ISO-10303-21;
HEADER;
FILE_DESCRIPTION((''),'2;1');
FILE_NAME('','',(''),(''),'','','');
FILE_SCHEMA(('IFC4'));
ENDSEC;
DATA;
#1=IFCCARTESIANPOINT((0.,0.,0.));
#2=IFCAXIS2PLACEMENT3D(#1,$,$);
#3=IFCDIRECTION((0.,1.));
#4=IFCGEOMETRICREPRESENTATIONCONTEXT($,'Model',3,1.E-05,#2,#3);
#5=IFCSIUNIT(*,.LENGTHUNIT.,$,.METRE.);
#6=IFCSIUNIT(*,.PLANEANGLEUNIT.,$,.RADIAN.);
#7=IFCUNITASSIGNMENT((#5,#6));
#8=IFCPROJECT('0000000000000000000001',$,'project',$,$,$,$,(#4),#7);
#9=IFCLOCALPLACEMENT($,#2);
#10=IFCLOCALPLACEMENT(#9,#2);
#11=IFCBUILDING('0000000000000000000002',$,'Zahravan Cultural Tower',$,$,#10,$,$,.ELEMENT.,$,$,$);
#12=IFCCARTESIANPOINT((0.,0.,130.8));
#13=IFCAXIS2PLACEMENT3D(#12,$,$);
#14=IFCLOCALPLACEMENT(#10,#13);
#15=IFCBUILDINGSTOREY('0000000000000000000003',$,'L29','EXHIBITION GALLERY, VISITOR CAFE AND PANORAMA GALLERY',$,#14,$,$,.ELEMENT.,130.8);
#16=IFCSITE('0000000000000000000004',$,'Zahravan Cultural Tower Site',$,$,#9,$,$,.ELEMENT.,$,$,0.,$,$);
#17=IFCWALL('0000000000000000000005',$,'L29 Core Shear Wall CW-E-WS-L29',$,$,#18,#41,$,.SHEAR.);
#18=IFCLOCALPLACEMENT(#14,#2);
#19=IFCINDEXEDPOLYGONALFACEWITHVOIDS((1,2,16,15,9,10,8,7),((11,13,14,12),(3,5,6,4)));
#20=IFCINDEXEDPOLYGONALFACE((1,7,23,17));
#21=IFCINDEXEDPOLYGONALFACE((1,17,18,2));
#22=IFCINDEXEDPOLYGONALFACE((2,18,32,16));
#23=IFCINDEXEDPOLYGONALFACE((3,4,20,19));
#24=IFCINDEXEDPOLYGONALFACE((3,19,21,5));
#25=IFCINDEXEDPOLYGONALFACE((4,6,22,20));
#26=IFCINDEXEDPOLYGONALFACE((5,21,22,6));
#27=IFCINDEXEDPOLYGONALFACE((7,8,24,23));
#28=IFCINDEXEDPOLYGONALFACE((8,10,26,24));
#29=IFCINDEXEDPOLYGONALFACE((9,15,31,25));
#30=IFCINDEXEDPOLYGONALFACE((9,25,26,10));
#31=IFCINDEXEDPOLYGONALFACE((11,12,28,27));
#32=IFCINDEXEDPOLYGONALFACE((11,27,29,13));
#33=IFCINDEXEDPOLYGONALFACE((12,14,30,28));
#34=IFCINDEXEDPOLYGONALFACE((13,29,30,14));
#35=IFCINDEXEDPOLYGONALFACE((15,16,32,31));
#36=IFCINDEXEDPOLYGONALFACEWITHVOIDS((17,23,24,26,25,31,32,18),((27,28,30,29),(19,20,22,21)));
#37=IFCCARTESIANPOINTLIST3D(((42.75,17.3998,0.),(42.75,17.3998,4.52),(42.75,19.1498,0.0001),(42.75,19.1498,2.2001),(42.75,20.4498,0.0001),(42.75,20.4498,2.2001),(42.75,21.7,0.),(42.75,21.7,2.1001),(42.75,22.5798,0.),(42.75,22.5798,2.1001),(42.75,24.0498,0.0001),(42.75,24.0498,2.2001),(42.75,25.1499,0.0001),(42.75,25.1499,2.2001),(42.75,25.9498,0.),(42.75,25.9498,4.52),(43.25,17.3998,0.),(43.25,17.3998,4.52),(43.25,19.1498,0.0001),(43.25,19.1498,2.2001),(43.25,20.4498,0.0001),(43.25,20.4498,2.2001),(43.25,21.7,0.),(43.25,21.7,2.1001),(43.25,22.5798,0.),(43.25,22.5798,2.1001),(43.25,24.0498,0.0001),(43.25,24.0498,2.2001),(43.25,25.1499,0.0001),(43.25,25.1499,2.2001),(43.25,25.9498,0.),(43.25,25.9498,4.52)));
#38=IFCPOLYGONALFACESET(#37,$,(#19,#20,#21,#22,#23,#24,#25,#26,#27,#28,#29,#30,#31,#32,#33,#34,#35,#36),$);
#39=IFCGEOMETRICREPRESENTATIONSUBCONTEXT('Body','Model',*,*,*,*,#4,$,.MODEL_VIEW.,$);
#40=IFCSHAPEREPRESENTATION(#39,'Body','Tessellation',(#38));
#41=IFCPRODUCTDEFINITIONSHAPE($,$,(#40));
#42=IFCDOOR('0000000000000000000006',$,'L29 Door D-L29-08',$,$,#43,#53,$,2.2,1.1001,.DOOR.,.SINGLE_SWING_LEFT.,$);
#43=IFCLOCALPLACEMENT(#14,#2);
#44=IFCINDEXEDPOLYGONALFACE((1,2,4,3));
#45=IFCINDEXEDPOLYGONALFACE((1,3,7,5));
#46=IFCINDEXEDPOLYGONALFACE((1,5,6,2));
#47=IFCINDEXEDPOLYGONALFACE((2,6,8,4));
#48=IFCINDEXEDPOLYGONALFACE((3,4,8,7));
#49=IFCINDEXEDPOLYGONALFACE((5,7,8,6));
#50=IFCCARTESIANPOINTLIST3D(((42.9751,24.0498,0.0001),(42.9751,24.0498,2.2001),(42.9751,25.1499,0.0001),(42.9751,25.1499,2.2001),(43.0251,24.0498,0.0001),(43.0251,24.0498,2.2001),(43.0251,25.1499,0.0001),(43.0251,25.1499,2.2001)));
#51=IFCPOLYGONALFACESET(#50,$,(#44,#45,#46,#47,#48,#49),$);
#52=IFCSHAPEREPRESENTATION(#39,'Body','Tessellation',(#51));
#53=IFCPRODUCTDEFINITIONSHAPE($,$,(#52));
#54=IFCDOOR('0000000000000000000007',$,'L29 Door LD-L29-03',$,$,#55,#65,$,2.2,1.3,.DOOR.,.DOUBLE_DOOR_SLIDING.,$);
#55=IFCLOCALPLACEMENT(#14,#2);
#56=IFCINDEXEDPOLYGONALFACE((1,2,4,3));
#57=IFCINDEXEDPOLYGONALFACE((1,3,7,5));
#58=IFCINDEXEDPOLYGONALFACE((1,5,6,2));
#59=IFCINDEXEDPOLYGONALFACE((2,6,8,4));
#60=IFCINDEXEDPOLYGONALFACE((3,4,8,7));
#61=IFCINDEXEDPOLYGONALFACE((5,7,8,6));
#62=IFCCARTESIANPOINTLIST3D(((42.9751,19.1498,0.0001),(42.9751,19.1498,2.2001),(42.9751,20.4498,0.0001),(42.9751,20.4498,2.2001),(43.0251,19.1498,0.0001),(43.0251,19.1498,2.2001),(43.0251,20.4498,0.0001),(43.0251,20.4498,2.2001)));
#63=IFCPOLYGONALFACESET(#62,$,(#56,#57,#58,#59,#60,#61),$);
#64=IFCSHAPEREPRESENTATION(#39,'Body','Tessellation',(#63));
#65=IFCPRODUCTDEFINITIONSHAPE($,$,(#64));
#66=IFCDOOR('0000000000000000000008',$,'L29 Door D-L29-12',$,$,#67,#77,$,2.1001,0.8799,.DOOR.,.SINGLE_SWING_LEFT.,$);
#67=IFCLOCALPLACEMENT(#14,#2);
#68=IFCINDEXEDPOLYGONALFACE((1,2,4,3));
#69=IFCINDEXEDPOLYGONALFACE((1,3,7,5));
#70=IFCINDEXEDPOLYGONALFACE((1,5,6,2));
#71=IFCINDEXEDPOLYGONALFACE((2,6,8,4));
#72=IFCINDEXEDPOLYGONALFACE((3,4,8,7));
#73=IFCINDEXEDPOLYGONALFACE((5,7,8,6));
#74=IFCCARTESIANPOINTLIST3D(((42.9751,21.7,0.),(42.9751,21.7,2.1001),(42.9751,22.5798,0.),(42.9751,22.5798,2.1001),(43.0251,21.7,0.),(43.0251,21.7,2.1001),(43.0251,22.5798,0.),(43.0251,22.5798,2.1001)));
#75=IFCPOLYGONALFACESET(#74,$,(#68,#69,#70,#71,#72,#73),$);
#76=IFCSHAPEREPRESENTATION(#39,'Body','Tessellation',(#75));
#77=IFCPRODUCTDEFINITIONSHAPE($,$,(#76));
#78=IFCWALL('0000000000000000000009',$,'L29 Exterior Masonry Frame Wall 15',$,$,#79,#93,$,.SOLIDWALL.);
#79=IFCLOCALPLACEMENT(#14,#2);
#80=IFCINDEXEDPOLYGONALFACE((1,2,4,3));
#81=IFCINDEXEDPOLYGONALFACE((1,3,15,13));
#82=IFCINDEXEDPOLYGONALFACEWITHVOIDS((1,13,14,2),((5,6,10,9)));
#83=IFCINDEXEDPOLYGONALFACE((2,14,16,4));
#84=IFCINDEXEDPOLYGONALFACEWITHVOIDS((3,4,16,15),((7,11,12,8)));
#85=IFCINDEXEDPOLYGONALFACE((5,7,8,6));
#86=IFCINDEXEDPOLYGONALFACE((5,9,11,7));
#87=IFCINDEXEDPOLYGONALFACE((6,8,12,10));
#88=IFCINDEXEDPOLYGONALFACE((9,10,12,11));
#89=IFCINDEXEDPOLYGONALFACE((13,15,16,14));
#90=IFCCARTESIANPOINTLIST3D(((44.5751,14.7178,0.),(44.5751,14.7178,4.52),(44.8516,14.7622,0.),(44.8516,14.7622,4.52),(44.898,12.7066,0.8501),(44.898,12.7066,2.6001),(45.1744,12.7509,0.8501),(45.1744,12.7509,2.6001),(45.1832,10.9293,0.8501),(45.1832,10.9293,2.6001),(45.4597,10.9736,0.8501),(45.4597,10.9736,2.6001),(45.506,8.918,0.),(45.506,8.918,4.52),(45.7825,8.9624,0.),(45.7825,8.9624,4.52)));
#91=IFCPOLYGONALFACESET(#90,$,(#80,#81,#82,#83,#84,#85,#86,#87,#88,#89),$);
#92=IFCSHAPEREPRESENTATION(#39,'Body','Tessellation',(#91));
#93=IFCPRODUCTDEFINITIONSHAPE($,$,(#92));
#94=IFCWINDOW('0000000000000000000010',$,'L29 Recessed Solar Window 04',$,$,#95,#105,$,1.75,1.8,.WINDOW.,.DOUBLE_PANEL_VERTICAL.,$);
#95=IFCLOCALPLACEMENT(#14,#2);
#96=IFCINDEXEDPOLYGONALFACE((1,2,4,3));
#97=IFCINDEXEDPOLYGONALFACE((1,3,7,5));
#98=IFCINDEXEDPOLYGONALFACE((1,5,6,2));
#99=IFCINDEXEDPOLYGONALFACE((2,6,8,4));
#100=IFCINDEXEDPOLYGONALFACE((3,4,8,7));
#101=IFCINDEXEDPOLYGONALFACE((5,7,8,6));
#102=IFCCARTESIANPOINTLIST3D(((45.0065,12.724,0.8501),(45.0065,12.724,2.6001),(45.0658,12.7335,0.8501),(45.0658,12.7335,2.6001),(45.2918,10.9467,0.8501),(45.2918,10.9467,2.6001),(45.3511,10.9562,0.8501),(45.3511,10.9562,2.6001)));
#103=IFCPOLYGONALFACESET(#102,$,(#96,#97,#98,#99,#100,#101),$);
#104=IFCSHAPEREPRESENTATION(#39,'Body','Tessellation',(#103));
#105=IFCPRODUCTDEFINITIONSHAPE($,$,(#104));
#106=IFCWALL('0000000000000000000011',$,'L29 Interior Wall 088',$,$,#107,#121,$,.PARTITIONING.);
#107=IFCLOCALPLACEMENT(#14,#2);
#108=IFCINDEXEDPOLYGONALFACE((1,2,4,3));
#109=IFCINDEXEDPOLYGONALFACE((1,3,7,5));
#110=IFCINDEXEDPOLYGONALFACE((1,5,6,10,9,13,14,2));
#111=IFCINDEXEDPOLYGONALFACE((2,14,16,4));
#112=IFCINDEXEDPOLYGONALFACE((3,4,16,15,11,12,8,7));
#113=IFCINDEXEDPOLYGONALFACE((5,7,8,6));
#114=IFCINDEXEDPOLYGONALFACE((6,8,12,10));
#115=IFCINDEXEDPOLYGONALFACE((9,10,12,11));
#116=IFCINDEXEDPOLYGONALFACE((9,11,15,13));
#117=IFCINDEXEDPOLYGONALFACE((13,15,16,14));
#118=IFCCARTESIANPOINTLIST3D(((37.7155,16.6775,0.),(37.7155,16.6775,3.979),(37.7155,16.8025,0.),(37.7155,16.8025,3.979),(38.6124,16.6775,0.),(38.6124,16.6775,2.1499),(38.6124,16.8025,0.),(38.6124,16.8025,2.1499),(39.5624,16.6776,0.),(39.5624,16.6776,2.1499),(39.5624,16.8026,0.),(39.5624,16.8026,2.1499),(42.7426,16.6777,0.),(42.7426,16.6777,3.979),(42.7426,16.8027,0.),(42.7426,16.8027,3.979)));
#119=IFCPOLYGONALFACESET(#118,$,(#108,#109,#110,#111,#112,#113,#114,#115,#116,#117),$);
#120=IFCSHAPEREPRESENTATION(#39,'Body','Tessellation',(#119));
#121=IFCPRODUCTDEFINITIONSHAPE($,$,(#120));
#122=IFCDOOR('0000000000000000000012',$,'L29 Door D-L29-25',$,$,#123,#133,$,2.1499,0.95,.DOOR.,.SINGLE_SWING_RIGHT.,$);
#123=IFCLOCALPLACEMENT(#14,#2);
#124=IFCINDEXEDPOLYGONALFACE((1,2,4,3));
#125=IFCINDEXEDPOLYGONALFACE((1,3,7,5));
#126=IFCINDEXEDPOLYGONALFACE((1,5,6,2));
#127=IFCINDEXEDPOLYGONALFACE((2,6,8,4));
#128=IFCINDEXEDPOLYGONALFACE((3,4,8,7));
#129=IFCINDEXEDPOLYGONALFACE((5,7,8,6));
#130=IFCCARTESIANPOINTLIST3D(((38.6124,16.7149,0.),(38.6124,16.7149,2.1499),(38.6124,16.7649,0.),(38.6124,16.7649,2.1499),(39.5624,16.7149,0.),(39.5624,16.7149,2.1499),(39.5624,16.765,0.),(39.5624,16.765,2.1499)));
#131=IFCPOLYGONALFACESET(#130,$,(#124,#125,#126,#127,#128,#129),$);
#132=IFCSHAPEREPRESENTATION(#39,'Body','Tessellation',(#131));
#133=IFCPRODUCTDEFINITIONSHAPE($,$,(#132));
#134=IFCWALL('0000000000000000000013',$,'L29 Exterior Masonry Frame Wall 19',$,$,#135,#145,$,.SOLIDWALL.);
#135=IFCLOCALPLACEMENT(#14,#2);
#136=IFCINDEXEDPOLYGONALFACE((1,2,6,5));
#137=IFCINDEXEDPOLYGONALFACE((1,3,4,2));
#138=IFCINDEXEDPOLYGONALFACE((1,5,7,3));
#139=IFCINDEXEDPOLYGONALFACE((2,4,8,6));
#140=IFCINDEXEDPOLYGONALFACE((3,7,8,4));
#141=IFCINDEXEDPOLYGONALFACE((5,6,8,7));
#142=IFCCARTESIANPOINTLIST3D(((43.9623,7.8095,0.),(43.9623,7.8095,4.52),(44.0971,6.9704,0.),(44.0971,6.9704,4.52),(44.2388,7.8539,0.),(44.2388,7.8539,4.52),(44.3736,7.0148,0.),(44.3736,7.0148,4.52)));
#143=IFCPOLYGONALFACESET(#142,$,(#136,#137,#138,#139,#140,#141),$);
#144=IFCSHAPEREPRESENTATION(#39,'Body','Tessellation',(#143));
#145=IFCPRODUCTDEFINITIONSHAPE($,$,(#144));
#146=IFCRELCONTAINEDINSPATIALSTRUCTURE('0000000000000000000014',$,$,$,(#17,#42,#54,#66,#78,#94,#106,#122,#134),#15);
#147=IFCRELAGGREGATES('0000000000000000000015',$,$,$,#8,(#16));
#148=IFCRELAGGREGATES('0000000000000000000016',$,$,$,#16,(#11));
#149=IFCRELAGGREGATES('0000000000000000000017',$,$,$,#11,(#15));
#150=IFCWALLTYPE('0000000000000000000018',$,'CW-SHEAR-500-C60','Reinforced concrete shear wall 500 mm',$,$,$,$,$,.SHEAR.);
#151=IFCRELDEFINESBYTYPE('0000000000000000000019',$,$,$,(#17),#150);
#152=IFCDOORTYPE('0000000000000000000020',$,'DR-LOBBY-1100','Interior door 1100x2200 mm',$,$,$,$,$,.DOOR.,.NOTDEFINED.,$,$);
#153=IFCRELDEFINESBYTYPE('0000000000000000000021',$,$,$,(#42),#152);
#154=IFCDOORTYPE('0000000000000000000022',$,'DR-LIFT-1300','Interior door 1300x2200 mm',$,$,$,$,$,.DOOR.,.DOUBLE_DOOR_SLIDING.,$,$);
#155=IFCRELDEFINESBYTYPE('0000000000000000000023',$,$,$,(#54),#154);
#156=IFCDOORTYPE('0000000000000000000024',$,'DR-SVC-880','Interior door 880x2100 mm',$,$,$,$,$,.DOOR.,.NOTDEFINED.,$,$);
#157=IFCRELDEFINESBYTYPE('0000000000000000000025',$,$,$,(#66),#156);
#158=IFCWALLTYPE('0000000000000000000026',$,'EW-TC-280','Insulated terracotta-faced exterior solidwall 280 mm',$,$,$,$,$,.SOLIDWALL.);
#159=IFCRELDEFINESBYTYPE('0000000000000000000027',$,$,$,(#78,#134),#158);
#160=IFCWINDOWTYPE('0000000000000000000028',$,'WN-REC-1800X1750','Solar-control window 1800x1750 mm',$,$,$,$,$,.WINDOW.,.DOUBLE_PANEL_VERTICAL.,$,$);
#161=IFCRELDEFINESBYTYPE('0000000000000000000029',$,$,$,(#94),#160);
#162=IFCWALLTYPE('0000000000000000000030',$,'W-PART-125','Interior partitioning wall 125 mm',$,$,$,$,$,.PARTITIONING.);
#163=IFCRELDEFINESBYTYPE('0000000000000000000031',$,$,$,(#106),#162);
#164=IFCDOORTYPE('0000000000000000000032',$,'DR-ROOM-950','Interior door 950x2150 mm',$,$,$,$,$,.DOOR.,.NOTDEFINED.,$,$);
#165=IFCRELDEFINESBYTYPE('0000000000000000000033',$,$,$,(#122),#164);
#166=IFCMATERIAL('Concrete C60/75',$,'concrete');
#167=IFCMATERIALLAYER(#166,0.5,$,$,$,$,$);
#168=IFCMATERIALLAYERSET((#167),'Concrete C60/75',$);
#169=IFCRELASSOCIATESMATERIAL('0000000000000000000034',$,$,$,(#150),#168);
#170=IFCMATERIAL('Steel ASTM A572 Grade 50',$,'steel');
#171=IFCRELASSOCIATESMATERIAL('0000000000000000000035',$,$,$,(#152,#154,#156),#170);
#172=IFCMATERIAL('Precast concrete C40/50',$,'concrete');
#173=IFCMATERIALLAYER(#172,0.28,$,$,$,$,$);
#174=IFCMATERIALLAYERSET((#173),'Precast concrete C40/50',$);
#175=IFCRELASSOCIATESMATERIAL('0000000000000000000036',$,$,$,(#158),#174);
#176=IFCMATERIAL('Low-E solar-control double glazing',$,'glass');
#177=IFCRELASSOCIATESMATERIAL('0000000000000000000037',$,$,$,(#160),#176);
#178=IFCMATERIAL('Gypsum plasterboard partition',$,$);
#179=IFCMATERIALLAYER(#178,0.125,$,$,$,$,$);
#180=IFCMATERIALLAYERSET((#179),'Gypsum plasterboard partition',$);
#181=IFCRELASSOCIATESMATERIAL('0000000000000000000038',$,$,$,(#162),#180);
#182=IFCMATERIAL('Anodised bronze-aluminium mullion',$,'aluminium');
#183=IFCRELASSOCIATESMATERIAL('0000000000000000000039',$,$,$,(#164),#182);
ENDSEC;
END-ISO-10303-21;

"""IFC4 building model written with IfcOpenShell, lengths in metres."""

from ifc_helpers import new_model, si_unit, direction, frame, frame_2d, origin, place, context, subcontext, project, spatial, rectangle, extrude, source, transform, mapped, material, layer, layer_set, type_object, element, fill, save


model = new_model("IFC4")

# Units and contexts
model_context = context("Model", 3, precision=1e-05, world=origin(), true_north=direction((0.0, 1.0)))
body_context = subcontext(model_context, "Body", "Model", "MODEL_VIEW")
ifc_project = project(units=[si_unit("LENGTHUNIT", "METRE"), si_unit("PLANEANGLEUNIT", "RADIAN")], contexts=[model_context])

# Site, building, storey
site_placement = place(None, origin())
site = spatial("IfcSite", under=ifc_project, at=site_placement, Name="Zahravan Cultural Tower Site", CompositionType="ELEMENT", RefElevation=0.0)
building_placement = place(site_placement, origin())
building = spatial("IfcBuilding", under=site, at=building_placement, Name="Zahravan Cultural Tower", CompositionType="ELEMENT")
storey_placement = place(building_placement, frame((0.0, 0.0, 130.8)))
storey = spatial("IfcBuildingStorey", under=building, at=storey_placement, Name="L29", Description="EXHIBITION GALLERY, VISITOR CAFE AND PANORAMA GALLERY", CompositionType="ELEMENT", Elevation=130.8)

# Shared definitions
ifc_material_1 = material(Name="Steel ASTM A572 Grade 50", Category="steel")

# Shared definitions
ifc_material_2 = material(Name="Anodised bronze-aluminium mullion", Category="aluminium")

# Shared definitions
ifc_material_3 = material(Name="Low-E solar-control double glazing", Category="glass")

# Wall, openings, doors
ifc_material_4 = material(Name="Concrete C60/75", Category="concrete")
ifc_layer_1 = layer(ifc_material_4, 0.5)
ifc_layer_set_1 = layer_set([ifc_layer_1], Name="Concrete C60/75")
wall_type_1 = type_object("IfcWallType", Name="CW-SHEAR-500-C60", Description="Reinforced concrete shear wall 500 mm", PredefinedType="SHEAR", material=ifc_layer_set_1)
wall_1_placement = place(storey_placement, frame((43.0, 17.3999, 0.0), z_axis=(0.0, 0.0, 1.0), x_axis=(0.0, 1.0, 0.0)))
wall_1 = element("IfcWall", 1, at=wall_1_placement, inside=storey, type_object=wall_type_1, Name="L29 Core Shear Wall CW-E-WS-L29", PredefinedType="SHEAR", context=body_context, shape_type="SweptSolid", body=[
    extrude(rectangle(XDim=8.55, YDim=0.5, at=frame_2d((4.2749, 0.0))), origin(), (0.0, 0.0, 1.0), 4.52),
])
opening_1_placement = place(wall_1_placement, frame((6.6499, 0.0, 0.0)))
opening_1 = element("IfcOpeningElement", 2, at=opening_1_placement, cuts=wall_1, PredefinedType="OPENING", context=body_context, shape_type="SweptSolid", body=[
    extrude(rectangle(XDim=1.1001, YDim=2.2, at=frame_2d((0.55, 1.1001))), frame((0.0, 0.26, 0.0), z_axis=(0.0, -1.0, 0.0), x_axis=(1.0, 0.0, 0.0)), (0.0, 0.0, 1.0), 0.52),
])
opening_2_placement = place(wall_1_placement, frame((1.75, 0.0, 0.0)))
opening_2 = element("IfcOpeningElement", 3, at=opening_2_placement, cuts=wall_1, PredefinedType="OPENING", context=body_context, shape_type="SweptSolid", body=[
    extrude(rectangle(XDim=1.3, YDim=2.2, at=frame_2d((0.6499, 1.1001))), frame((0.0, 0.26, 0.0), z_axis=(0.0, -1.0, 0.0), x_axis=(1.0, 0.0, 0.0)), (0.0, 0.0, 1.0), 0.52),
])
opening_3_placement = place(wall_1_placement, frame((4.3, 0.0, 0.0)))
opening_3 = element("IfcOpeningElement", 4, at=opening_3_placement, cuts=wall_1, PredefinedType="OPENING", context=body_context, shape_type="SweptSolid", body=[
    extrude(rectangle(XDim=0.8799, YDim=2.1001, at=frame_2d((0.4399, 1.05))), frame((0.0, 0.26, 0.0), z_axis=(0.0, -1.0, 0.0), x_axis=(1.0, 0.0, 0.0)), (0.0, 0.0, 1.0), 0.52),
])
door_type_1 = type_object("IfcDoorType", Name="DR-LOBBY-1100", Description="Interior door 1100x2200 mm", OperationType="NOTDEFINED", PredefinedType="DOOR", material=ifc_material_1)
shared_shape_1 = source(origin(), body_context, "Body", "SweptSolid", [
    extrude(rectangle(XDim=1.1001, YDim=2.2, at=frame_2d((0.55, 1.1001))), frame((0.0, 0.0249, 0.0), z_axis=(0.0, -1.0, 0.0), x_axis=(1.0, 0.0, 0.0)), (0.0, 0.0, 1.0), 0.05),
])
door_1_placement = place(opening_1_placement, origin())
door_1 = element("IfcDoor", 5, at=door_1_placement, inside=storey, type_object=door_type_1, Name="L29 Door D-L29-08", OperationType="SINGLE_SWING_LEFT", OverallHeight=2.2, OverallWidth=1.1001, PredefinedType="DOOR", context=body_context, shape_type="MappedRepresentation", body=[
    mapped(shared_shape_1, transform((0.0, 0.0, 0.0), x_axis=(1.0, 0.0, 0.0), y_axis=(0.0, 1.0, 0.0), z_axis=(0.0, 0.0, 1.0), scale=1.0)),
])
fill(opening_1, door_1)
door_type_2 = type_object("IfcDoorType", Name="DR-LIFT-1300", Description="Interior door 1300x2200 mm", OperationType="DOUBLE_DOOR_SLIDING", PredefinedType="DOOR", material=ifc_material_1)
shared_shape_2 = source(origin(), body_context, "Body", "SweptSolid", [
    extrude(rectangle(XDim=1.3, YDim=2.2, at=frame_2d((0.6499, 1.1001))), frame((0.0, 0.0249, 0.0), z_axis=(0.0, -1.0, 0.0), x_axis=(1.0, 0.0, 0.0)), (0.0, 0.0, 1.0), 0.05),
])
door_2_placement = place(opening_2_placement, origin())
door_2 = element("IfcDoor", 6, at=door_2_placement, inside=storey, type_object=door_type_2, Name="L29 Door LD-L29-03", OperationType="DOUBLE_DOOR_SLIDING", OverallHeight=2.2, OverallWidth=1.3, PredefinedType="DOOR", context=body_context, shape_type="MappedRepresentation", body=[
    mapped(shared_shape_2, transform((0.0, 0.0, 0.0), x_axis=(1.0, 0.0, 0.0), y_axis=(0.0, 1.0, 0.0), z_axis=(0.0, 0.0, 1.0), scale=1.0)),
])
fill(opening_2, door_2)
door_type_3 = type_object("IfcDoorType", Name="DR-SVC-880", Description="Interior door 880x2100 mm", OperationType="NOTDEFINED", PredefinedType="DOOR", material=ifc_material_1)
shared_shape_3 = source(origin(), body_context, "Body", "SweptSolid", [
    extrude(rectangle(XDim=0.8799, YDim=2.1001, at=frame_2d((0.4399, 1.05))), frame((0.0, 0.0249, 0.0), z_axis=(0.0, -1.0, 0.0), x_axis=(1.0, 0.0, 0.0)), (0.0, 0.0, 1.0), 0.05),
])
door_3_placement = place(opening_3_placement, origin())
door_3 = element("IfcDoor", 7, at=door_3_placement, inside=storey, type_object=door_type_3, Name="L29 Door D-L29-12", OperationType="SINGLE_SWING_LEFT", OverallHeight=2.1001, OverallWidth=0.8799, PredefinedType="DOOR", context=body_context, shape_type="MappedRepresentation", body=[
    mapped(shared_shape_3, transform((0.0, 0.0, 0.0), x_axis=(1.0, 0.0, 0.0), y_axis=(0.0, 1.0, 0.0), z_axis=(0.0, 0.0, 1.0), scale=1.0)),
])
fill(opening_3, door_3)

# Wall, opening, window
ifc_material_5 = material(Name="Precast concrete C40/50", Category="concrete")
ifc_layer_2 = layer(ifc_material_5, 0.28)
ifc_layer_set_2 = layer_set([ifc_layer_2], Name="Precast concrete C40/50")
wall_type_2 = type_object("IfcWallType", Name="EW-TC-280", Description="Insulated terracotta-faced exterior solidwall 280 mm", PredefinedType="SOLIDWALL", material=ifc_layer_set_2)
wall_2_placement = place(storey_placement, frame((44.7134, 14.74, 0.0), z_axis=(0.0, 0.0, 1.0), x_axis=(0.158478, -0.987362, 0.0)))
wall_2 = element("IfcWall", 8, at=wall_2_placement, inside=storey, type_object=wall_type_2, Name="L29 Exterior Masonry Frame Wall 15", PredefinedType="SOLIDWALL", context=body_context, shape_type="SweptSolid", body=[
    extrude(rectangle(XDim=5.874, YDim=0.28, at=frame_2d((2.937, 0.0))), origin(), (0.0, 0.0, 1.0), 4.52),
])
opening_4_placement = place(wall_2_placement, frame((2.0371, 0.0, 0.8501)))
opening_4 = element("IfcOpeningElement", 9, at=opening_4_placement, cuts=wall_2, PredefinedType="OPENING", context=body_context, shape_type="SweptSolid", body=[
    extrude(rectangle(XDim=1.8, YDim=1.75, at=frame_2d((0.8999, 0.875))), frame((0.0, 0.1499, 0.0), z_axis=(0.0, -1.0, 0.0), x_axis=(1.0, 0.0, 0.0)), (0.0, 0.0, 1.0), 0.3),
])
window_type = type_object("IfcWindowType", Name="WN-REC-1800X1750", Description="Solar-control window 1800x1750 mm", PartitioningType="DOUBLE_PANEL_VERTICAL", PredefinedType="WINDOW", material=ifc_material_3)
shared_shape_4 = source(origin(), body_context, "Body", "SweptSolid", [
    extrude(rectangle(XDim=1.8, YDim=1.75, at=frame_2d((0.8999, 0.875))), frame((0.0, 0.03, 0.0), z_axis=(0.0, -1.0, 0.0), x_axis=(1.0, 0.0, 0.0)), (0.0, 0.0, 1.0), 0.0601),
])
window_placement = place(opening_4_placement, origin())
window = element("IfcWindow", 10, at=window_placement, inside=storey, type_object=window_type, Name="L29 Recessed Solar Window 04", OverallHeight=1.75, OverallWidth=1.8, PartitioningType="DOUBLE_PANEL_VERTICAL", PredefinedType="WINDOW", context=body_context, shape_type="MappedRepresentation", body=[
    mapped(shared_shape_4, transform((0.0, 0.0, 0.0), x_axis=(1.0, 0.0, 0.0), y_axis=(0.0, 1.0, 0.0), z_axis=(0.0, 0.0, 1.0), scale=1.0)),
])
fill(opening_4, window)

# Wall, opening, door
ifc_material_6 = material(Name="Gypsum plasterboard partition")
ifc_layer_3 = layer(ifc_material_6, 0.125)
ifc_layer_set_3 = layer_set([ifc_layer_3], Name="Gypsum plasterboard partition")
wall_type_3 = type_object("IfcWallType", Name="W-PART-125", Description="Interior partitioning wall 125 mm", PredefinedType="PARTITIONING", material=ifc_layer_set_3)
wall_3_placement = place(storey_placement, frame((37.7153, 16.74, 0.0), z_axis=(0.0, 0.0, 1.0), x_axis=(1.0, 0.000049, 0.0)))
wall_3 = element("IfcWall", 11, at=wall_3_placement, inside=storey, type_object=wall_type_3, Name="L29 Interior Wall 088", PredefinedType="PARTITIONING", context=body_context, shape_type="SweptSolid", body=[
    extrude(rectangle(XDim=5.0271, YDim=0.125, at=frame_2d((2.5137, 0.0))), origin(), (0.0, 0.0, 1.0), 3.979),
])
opening_5_placement = place(wall_3_placement, frame((0.897, 0.0, 0.0)))
opening_5 = element("IfcOpeningElement", 12, at=opening_5_placement, cuts=wall_3, PredefinedType="OPENING", context=body_context, shape_type="SweptSolid", body=[
    extrude(rectangle(XDim=0.95, YDim=2.1499, at=frame_2d((0.4751, 1.075))), frame((0.0, 0.0725, 0.0), z_axis=(0.0, -1.0, 0.0), x_axis=(1.0, 0.0, 0.0)), (0.0, 0.0, 1.0), 0.145),
])
door_type_4 = type_object("IfcDoorType", Name="DR-ROOM-950", Description="Interior door 950x2150 mm", OperationType="NOTDEFINED", PredefinedType="DOOR", material=ifc_material_2)
shared_shape_5 = source(origin(), body_context, "Body", "SweptSolid", [
    extrude(rectangle(XDim=0.95, YDim=2.1499, at=frame_2d((0.4751, 1.075))), frame((0.0, 0.0249, 0.0), z_axis=(0.0, -1.0, 0.0), x_axis=(1.0, 0.0, 0.0)), (0.0, 0.0, 1.0), 0.05),
])
door_4_placement = place(opening_5_placement, origin())
door_4 = element("IfcDoor", 13, at=door_4_placement, inside=storey, type_object=door_type_4, Name="L29 Door D-L29-25", OperationType="SINGLE_SWING_RIGHT", OverallHeight=2.1499, OverallWidth=0.95, PredefinedType="DOOR", context=body_context, shape_type="MappedRepresentation", body=[
    mapped(shared_shape_5, transform((0.0, 0.0, 0.0), x_axis=(1.0, 0.0, 0.0), y_axis=(0.0, 1.0, 0.0), z_axis=(0.0, 0.0, 1.0), scale=1.0)),
])
fill(opening_5, door_4)

# Wall
shared_shape_6 = source(origin(), body_context, "Body", "SweptSolid", [
    extrude(rectangle(XDim=0.8499, YDim=0.28, at=frame_2d((0.4248, 0.0))), origin(), (0.0, 0.0, 1.0), 4.52),
])
wall_4_placement = place(storey_placement, frame((44.1006, 7.8315, 0.0), z_axis=(0.0, 0.0, 1.0), x_axis=(0.158573, -0.987347, 0.0)))
element("IfcWall", 14, at=wall_4_placement, inside=storey, type_object=wall_type_2, Name="L29 Exterior Masonry Frame Wall 19", PredefinedType="SOLIDWALL", context=body_context, shape_type="MappedRepresentation", body=[
    mapped(shared_shape_6, transform((0.0, 0.0, 0.0), x_axis=(1.0, 0.0, 0.0), y_axis=(0.0, 1.0, 0.0), z_axis=(0.0, 0.0, 1.0), scale=1.0)),
])

save(model, "model.ifc")
